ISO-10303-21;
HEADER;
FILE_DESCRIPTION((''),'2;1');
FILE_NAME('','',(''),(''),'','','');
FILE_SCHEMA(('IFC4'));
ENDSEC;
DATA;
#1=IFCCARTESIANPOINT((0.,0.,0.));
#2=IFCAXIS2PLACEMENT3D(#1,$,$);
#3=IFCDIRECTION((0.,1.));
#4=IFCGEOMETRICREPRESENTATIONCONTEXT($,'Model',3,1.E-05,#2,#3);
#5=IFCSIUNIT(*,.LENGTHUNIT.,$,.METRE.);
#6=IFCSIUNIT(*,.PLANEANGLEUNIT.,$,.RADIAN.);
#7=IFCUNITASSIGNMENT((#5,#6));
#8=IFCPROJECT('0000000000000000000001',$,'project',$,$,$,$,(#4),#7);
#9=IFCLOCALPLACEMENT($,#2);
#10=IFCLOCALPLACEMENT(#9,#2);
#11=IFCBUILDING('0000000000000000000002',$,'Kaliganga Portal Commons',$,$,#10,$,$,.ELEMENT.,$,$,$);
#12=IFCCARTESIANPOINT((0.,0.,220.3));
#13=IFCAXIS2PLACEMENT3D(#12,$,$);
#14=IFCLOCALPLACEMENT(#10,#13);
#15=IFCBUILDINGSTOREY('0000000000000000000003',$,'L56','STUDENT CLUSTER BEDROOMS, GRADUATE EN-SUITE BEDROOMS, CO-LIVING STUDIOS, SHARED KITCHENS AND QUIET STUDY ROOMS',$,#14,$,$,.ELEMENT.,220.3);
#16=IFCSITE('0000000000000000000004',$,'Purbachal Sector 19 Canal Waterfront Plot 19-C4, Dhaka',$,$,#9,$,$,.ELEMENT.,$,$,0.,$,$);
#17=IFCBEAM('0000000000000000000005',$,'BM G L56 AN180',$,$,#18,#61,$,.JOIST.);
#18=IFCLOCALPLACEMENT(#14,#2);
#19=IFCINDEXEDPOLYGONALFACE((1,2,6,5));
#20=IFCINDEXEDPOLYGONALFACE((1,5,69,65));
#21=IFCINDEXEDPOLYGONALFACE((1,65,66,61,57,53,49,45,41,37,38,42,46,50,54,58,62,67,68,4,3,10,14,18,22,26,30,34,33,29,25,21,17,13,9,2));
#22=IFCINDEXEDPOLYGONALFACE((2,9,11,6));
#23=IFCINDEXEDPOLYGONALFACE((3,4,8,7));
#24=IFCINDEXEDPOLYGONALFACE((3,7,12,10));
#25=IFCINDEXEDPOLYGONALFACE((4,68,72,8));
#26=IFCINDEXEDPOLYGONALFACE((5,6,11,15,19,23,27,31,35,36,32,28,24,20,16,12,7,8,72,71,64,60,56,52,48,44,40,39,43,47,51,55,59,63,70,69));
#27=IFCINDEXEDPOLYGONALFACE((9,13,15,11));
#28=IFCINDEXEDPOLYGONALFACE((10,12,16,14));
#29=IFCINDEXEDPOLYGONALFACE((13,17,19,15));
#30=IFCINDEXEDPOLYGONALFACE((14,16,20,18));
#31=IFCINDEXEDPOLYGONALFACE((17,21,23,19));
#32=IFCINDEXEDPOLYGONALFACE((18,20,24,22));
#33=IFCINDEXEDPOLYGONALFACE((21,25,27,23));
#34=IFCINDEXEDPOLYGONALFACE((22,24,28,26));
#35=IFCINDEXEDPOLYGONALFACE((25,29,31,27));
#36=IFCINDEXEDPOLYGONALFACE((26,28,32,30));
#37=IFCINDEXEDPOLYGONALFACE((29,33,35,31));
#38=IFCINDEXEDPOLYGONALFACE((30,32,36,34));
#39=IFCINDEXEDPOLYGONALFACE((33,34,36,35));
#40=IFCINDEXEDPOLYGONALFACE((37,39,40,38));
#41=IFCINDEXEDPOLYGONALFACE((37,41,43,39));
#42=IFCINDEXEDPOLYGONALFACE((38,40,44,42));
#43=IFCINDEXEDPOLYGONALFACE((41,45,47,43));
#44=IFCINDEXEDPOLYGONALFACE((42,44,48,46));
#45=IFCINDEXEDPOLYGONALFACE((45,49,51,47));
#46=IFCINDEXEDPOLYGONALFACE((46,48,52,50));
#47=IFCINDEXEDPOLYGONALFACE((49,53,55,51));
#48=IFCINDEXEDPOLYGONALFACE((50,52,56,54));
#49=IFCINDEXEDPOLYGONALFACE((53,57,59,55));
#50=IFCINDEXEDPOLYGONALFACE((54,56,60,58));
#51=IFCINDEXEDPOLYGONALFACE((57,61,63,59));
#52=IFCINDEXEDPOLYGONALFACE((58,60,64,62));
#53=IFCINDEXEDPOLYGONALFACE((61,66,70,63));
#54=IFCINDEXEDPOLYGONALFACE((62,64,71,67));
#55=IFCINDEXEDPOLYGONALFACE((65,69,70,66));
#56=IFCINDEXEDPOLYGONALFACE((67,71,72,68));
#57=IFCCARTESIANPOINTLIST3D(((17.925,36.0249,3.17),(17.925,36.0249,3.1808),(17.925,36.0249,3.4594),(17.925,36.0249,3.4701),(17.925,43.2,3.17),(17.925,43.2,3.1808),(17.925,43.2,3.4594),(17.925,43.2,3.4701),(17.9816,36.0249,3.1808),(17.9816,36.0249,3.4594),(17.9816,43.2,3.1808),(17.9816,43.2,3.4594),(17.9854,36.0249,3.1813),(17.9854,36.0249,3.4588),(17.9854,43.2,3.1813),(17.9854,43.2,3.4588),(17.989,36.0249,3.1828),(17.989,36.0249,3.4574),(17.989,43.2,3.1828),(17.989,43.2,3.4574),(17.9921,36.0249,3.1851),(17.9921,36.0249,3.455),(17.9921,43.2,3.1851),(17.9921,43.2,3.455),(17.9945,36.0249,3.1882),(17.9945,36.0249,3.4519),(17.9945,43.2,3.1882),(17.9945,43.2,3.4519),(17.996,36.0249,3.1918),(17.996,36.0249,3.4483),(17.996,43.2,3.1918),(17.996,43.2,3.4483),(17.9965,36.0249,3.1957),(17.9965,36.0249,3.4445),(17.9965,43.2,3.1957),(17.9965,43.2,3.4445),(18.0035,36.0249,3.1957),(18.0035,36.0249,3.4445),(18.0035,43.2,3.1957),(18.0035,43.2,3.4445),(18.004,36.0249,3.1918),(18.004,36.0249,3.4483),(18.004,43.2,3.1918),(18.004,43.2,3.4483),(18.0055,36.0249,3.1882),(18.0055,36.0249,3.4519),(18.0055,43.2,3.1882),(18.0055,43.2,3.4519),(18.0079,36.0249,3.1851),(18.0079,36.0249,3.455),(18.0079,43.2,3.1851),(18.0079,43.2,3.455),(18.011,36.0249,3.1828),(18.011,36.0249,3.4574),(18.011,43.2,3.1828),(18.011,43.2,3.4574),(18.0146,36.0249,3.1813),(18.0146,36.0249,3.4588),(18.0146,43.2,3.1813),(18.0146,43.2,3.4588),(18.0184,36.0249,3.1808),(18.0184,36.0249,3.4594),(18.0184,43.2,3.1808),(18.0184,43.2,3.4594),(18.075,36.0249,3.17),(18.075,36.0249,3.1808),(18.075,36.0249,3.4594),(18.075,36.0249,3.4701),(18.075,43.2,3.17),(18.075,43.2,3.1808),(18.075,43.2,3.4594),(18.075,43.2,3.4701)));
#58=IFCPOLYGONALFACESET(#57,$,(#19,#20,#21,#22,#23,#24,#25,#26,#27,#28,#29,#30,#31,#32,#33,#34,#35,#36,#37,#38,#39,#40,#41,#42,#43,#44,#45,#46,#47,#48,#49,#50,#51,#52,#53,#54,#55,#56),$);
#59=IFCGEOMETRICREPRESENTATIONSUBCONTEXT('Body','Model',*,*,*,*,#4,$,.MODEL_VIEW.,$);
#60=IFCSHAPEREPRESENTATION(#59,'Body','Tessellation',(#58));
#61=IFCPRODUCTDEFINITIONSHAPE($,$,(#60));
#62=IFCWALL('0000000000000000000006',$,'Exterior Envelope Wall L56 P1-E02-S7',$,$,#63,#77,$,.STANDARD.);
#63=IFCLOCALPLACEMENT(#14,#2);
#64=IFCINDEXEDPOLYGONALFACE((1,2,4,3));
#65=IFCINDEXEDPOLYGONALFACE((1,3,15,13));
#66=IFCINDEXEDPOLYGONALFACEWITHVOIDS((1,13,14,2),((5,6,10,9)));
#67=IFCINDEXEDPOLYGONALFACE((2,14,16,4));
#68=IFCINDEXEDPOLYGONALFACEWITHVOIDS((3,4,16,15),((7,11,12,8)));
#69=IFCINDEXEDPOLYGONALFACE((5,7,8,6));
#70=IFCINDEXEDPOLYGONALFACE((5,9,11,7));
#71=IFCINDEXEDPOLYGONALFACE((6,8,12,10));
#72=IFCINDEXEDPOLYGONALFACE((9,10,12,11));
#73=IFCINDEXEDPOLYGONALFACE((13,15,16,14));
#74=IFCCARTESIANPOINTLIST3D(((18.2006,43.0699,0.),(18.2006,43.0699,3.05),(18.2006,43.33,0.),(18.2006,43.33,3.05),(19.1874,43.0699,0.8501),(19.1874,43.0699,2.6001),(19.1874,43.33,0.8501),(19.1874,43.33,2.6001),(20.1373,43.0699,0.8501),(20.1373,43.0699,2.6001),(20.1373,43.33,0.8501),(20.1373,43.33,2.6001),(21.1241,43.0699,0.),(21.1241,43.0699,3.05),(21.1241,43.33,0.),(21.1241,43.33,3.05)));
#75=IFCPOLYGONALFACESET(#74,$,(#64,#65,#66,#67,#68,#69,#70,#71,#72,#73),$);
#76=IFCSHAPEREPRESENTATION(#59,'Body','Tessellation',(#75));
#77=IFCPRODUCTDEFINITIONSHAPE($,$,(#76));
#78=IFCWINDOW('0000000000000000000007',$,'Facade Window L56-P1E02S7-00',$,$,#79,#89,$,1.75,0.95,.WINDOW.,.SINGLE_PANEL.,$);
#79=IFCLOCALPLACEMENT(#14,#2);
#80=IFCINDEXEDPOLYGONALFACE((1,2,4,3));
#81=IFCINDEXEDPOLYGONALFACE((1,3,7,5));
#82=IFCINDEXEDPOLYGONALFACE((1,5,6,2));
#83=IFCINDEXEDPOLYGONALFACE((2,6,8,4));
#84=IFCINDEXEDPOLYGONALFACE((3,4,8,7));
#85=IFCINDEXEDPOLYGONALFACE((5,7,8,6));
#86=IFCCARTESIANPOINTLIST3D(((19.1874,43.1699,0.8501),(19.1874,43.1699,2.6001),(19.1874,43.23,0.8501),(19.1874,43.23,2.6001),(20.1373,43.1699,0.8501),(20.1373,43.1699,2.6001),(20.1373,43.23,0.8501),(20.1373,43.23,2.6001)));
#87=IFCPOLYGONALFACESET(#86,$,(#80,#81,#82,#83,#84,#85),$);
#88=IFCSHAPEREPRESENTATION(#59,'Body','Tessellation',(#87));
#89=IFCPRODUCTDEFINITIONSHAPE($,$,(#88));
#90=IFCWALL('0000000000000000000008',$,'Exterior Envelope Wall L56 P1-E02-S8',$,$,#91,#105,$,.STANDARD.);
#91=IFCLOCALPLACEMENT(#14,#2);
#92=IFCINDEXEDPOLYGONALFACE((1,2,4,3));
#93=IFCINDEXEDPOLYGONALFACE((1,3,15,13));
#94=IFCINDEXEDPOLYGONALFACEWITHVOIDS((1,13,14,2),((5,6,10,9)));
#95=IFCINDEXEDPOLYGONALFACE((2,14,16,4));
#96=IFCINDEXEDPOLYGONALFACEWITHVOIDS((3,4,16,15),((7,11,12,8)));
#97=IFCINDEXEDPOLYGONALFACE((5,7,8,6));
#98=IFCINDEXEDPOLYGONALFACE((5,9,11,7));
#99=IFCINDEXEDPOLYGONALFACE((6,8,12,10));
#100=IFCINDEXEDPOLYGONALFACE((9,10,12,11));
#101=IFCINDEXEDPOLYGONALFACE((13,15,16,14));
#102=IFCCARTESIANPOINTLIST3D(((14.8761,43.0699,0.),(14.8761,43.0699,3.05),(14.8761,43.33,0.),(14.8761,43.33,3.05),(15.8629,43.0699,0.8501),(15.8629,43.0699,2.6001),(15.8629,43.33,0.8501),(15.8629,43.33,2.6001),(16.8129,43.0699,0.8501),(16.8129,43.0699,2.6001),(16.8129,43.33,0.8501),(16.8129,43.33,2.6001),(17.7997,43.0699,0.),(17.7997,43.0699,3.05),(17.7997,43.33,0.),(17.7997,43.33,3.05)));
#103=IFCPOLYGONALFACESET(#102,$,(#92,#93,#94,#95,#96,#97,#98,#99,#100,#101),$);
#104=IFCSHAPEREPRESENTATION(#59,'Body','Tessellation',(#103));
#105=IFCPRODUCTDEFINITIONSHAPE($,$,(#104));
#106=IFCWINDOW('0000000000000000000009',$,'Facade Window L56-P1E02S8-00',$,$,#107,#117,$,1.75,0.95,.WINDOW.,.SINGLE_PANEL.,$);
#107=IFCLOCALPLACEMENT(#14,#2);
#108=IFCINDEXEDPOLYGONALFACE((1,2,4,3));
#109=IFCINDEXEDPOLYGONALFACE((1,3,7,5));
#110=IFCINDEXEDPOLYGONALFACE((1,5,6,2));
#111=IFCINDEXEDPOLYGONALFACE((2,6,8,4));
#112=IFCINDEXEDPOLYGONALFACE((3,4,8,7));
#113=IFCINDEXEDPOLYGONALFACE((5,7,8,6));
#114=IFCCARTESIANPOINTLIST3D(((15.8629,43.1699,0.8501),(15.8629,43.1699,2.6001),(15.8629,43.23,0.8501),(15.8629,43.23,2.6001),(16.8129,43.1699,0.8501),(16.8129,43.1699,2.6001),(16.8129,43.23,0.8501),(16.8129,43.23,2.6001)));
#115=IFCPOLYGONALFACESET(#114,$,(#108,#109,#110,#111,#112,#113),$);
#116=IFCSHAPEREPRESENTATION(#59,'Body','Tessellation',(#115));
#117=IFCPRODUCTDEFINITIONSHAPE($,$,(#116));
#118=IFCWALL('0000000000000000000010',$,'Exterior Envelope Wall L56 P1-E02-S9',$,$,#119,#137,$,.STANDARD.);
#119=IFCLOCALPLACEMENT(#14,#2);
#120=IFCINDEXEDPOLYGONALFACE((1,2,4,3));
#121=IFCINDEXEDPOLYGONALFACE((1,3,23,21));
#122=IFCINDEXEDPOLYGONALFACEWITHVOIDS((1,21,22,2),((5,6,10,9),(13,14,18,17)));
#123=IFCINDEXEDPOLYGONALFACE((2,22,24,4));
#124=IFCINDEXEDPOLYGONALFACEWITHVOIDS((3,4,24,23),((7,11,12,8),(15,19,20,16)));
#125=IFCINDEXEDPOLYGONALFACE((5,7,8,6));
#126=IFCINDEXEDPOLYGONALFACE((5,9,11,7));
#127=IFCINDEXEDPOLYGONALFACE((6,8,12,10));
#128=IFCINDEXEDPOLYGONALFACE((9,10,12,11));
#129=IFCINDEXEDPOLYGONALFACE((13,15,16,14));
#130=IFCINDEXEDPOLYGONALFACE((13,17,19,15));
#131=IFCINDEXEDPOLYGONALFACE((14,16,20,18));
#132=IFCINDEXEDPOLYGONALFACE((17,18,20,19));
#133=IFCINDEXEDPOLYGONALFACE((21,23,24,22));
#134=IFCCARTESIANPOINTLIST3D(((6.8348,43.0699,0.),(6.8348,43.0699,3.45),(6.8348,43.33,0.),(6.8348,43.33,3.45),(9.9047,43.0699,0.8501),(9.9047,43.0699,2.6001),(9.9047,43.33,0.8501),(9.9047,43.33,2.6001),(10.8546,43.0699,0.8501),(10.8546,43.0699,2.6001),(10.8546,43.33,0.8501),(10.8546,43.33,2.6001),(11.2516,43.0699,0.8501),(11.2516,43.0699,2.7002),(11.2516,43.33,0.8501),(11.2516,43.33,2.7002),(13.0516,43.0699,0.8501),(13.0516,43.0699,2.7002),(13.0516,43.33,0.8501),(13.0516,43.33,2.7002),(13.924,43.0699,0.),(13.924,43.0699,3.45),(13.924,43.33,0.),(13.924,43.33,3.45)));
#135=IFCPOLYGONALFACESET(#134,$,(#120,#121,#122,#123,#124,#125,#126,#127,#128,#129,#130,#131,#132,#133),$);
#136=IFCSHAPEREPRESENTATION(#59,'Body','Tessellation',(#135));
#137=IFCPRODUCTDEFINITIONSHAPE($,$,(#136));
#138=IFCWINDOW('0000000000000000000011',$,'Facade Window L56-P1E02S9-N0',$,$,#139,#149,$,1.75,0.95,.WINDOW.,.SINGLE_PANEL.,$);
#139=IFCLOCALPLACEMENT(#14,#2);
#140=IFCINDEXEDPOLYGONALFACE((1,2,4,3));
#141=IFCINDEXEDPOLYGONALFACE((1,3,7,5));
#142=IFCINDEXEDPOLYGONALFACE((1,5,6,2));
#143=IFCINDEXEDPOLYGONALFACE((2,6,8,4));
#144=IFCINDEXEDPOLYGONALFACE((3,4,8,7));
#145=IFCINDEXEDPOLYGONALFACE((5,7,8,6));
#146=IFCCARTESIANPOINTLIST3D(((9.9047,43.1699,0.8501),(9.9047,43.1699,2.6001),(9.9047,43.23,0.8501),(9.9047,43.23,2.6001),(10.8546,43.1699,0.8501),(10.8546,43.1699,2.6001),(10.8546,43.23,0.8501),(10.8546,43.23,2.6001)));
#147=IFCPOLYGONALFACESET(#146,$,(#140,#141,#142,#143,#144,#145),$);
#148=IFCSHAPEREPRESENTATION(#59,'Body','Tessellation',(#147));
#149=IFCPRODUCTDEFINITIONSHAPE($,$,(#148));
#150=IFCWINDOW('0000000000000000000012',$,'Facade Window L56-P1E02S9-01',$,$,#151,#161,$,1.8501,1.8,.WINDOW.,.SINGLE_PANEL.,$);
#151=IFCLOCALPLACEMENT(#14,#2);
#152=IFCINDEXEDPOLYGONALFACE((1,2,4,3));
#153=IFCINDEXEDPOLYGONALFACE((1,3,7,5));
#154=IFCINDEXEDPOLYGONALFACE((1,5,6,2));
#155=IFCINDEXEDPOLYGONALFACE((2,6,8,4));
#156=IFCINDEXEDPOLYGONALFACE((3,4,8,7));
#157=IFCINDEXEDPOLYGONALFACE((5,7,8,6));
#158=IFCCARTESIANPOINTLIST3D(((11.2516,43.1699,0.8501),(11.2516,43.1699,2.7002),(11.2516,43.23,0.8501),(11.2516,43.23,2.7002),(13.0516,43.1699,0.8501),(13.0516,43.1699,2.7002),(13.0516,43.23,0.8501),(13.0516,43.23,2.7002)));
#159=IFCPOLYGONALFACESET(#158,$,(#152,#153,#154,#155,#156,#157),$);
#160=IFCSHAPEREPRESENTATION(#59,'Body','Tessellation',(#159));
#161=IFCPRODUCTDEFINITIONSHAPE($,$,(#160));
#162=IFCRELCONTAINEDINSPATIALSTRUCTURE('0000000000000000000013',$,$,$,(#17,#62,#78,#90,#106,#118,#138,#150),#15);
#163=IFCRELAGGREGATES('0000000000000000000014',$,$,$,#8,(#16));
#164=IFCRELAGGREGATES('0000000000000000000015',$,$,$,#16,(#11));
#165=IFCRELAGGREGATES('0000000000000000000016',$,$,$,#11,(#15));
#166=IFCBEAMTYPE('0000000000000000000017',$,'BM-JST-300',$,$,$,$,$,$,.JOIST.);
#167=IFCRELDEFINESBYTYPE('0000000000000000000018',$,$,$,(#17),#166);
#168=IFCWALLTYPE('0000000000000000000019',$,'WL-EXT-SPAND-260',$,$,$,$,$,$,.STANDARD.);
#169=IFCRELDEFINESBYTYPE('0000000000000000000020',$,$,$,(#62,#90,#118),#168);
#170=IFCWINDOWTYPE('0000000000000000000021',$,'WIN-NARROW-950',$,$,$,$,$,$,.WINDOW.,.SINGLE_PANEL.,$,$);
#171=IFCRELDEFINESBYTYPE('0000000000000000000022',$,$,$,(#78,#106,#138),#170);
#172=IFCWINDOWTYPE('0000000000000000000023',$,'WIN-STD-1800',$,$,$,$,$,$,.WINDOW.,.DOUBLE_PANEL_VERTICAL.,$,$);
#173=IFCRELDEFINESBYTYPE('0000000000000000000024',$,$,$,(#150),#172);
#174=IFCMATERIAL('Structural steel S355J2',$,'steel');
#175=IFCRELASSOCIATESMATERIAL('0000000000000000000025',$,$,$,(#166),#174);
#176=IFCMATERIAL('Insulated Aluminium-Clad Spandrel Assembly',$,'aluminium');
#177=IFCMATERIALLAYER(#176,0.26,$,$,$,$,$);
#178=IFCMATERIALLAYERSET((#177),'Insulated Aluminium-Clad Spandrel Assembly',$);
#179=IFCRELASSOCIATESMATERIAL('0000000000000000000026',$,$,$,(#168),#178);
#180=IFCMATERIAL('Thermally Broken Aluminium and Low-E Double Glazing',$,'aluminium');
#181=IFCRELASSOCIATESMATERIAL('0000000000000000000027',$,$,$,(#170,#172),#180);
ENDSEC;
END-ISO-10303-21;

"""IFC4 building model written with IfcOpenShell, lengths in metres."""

from ifc_helpers import new_model, si_unit, direction, frame, frame_2d, origin, origin_2d, place, context, subcontext, project, spatial, rectangle, i_section, extrude, source, transform, mapped, material, layer, layer_set, material_profile, profile_set, type_object, element, fill, save


model = new_model("IFC4")

# Units and contexts
model_context = context("Model", 3, precision=1e-05, world=origin(), true_north=direction((0.0, 1.0)))
body_context = subcontext(model_context, "Body", "Model", "MODEL_VIEW")
ifc_project = project(units=[si_unit("LENGTHUNIT", "METRE"), si_unit("PLANEANGLEUNIT", "RADIAN")], contexts=[model_context])

# Site, building, storey
site_placement = place(None, origin())
site = spatial("IfcSite", under=ifc_project, at=site_placement, Name="Purbachal Sector 19 Canal Waterfront Plot 19-C4, Dhaka", CompositionType="ELEMENT", RefElevation=0.0)
building_placement = place(site_placement, origin())
building = spatial("IfcBuilding", under=site, at=building_placement, Name="Kaliganga Portal Commons", CompositionType="ELEMENT")
storey_placement = place(building_placement, frame((0.0, 0.0, 220.3)))
storey = spatial("IfcBuildingStorey", under=building, at=storey_placement, Name="L56", Description="STUDENT CLUSTER BEDROOMS, GRADUATE EN-SUITE BEDROOMS, CO-LIVING STUDIOS, SHARED KITCHENS AND QUIET STUDY ROOMS", CompositionType="ELEMENT", Elevation=220.3)

# Shared definitions
ifc_material_1 = material(Name="Structural steel S355J2", Category="steel")

# Beam
ifc_material_profile_1 = material_profile(ifc_material_1, i_section(OverallWidth=0.1499, OverallDepth=0.3, WebThickness=0.0071, FlangeThickness=0.0107, FilletRadius=0.0149, at=origin_2d()), Name="IPE 300")
ifc_profile_set_1 = profile_set([ifc_material_profile_1], Name="Structural steel S355J2 wide-flange")
beam_type_1 = type_object("IfcBeamType", Name="BM-JST-300", PredefinedType="JOIST", material=ifc_profile_set_1)
shared_shape_1 = source(origin(), body_context, "Body", "SweptSolid", [
    extrude(i_section(OverallWidth=0.1499, OverallDepth=0.3, WebThickness=0.0071, FlangeThickness=0.0107, FilletRadius=0.0149, at=origin_2d()), origin(), (0.0, 0.0, 1.0), 7.175),
])
beam_1_placement = place(storey_placement, frame((18.0, 36.0249, 3.3201), z_axis=(0.0, 1.0, 0.0), x_axis=(-1.0, 0.0, 0.0)))
element("IfcBeam", 1, at=beam_1_placement, inside=storey, type_object=beam_type_1, Name="BM G L56 AN180", PredefinedType="JOIST", context=body_context, shape_type="MappedRepresentation", body=[
    mapped(shared_shape_1, transform((0.0, 0.0, 0.0), x_axis=(1.0, 0.0, 0.0), y_axis=(0.0, 1.0, 0.0), z_axis=(0.0, 0.0, 1.0), scale=1.0)),
])

# Walls, openings, windows
ifc_material_2 = material(Name="Insulated Aluminium-Clad Spandrel Assembly", Category="aluminium")
ifc_layer_1 = layer(ifc_material_2, 0.26)
ifc_layer_set_1 = layer_set([ifc_layer_1], Name="Insulated Aluminium-Clad Spandrel Assembly")
wall_type_1 = type_object("IfcWallType", Name="WL-EXT-SPAND-260", PredefinedType="STANDARD", material=ifc_layer_set_1)
wall_1_placement = place(storey_placement, frame((18.2004, 43.2, 0.0), z_axis=(0.0, 0.0, 1.0), x_axis=(1.0, 0.0, 0.0)))
wall_1 = element("IfcWall", 2, at=wall_1_placement, inside=storey, type_object=wall_type_1, Name="Exterior Envelope Wall L56 P1-E02-S7", PredefinedType="STANDARD", context=body_context, shape_type="SweptSolid", body=[
    extrude(rectangle(XDim=2.9236, YDim=0.26, at=frame_2d((1.4619, 0.0))), origin(), (0.0, 0.0, 1.0), 3.05),
])
opening_1_placement = place(wall_1_placement, frame((0.9868, 0.0, 0.8501)))
opening_1 = element("IfcOpeningElement", 3, at=opening_1_placement, cuts=wall_1, PredefinedType="OPENING", context=body_context, shape_type="SweptSolid", body=[
    extrude(rectangle(XDim=0.95, YDim=1.75, at=frame_2d((0.4751, 0.875))), frame((0.0, 0.1401, 0.0), z_axis=(0.0, -1.0, 0.0), x_axis=(1.0, 0.0, 0.0)), (0.0, 0.0, 1.0), 0.28),
])
ifc_material_3 = material(Name="Thermally Broken Aluminium and Low-E Double Glazing", Category="aluminium")
window_type_1 = type_object("IfcWindowType", Name="WIN-NARROW-950", PartitioningType="SINGLE_PANEL", PredefinedType="WINDOW", material=ifc_material_3)
window_1_placement = place(opening_1_placement, origin())
window_1 = element("IfcWindow", 4, at=window_1_placement, inside=storey, type_object=window_type_1, Name="Facade Window L56-P1E02S7-00", OverallHeight=1.75, OverallWidth=0.95, PartitioningType="SINGLE_PANEL", PredefinedType="WINDOW", context=body_context, shape_type="SweptSolid", body=[
    extrude(rectangle(XDim=0.95, YDim=1.75, at=frame_2d((0.4751, 0.875))), frame((0.0, 0.03, 0.0), z_axis=(0.0, -1.0, 0.0), x_axis=(1.0, 0.0, 0.0)), (0.0, 0.0, 1.0), 0.0601),
])
fill(opening_1, window_1)
wall_2_placement = place(storey_placement, frame((14.876, 43.2, 0.0), z_axis=(0.0, 0.0, 1.0), x_axis=(1.0, 0.0, 0.0)))
wall_2 = element("IfcWall", 5, at=wall_2_placement, inside=storey, type_object=wall_type_1, Name="Exterior Envelope Wall L56 P1-E02-S8", PredefinedType="STANDARD", context=body_context, shape_type="SweptSolid", body=[
    extrude(rectangle(XDim=2.9236, YDim=0.26, at=frame_2d((1.4619, 0.0))), origin(), (0.0, 0.0, 1.0), 3.05),
])
opening_2_placement = place(wall_2_placement, frame((0.9868, 0.0, 0.8501)))
opening_2 = element("IfcOpeningElement", 6, at=opening_2_placement, cuts=wall_2, PredefinedType="OPENING", context=body_context, shape_type="SweptSolid", body=[
    extrude(rectangle(XDim=0.95, YDim=1.75, at=frame_2d((0.4751, 0.875))), frame((0.0, 0.1401, 0.0), z_axis=(0.0, -1.0, 0.0), x_axis=(1.0, 0.0, 0.0)), (0.0, 0.0, 1.0), 0.28),
])
window_2_placement = place(opening_2_placement, origin())
window_2 = element("IfcWindow", 7, at=window_2_placement, inside=storey, type_object=window_type_1, Name="Facade Window L56-P1E02S8-00", OverallHeight=1.75, OverallWidth=0.95, PartitioningType="SINGLE_PANEL", PredefinedType="WINDOW", context=body_context, shape_type="SweptSolid", body=[
    extrude(rectangle(XDim=0.95, YDim=1.75, at=frame_2d((0.4751, 0.875))), frame((0.0, 0.03, 0.0), z_axis=(0.0, -1.0, 0.0), x_axis=(1.0, 0.0, 0.0)), (0.0, 0.0, 1.0), 0.0601),
])
fill(opening_2, window_2)

# Wall, openings, windows
wall_3_placement = place(storey_placement, frame((6.835, 43.2, 0.0), z_axis=(0.0, 0.0, 1.0), x_axis=(1.0, 0.0, 0.0)))
wall_3 = element("IfcWall", 8, at=wall_3_placement, inside=storey, type_object=wall_type_1, Name="Exterior Envelope Wall L56 P1-E02-S9", PredefinedType="STANDARD", context=body_context, shape_type="SweptSolid", body=[
    extrude(rectangle(XDim=7.0891, YDim=0.26, at=frame_2d((3.5444, 0.0))), origin(), (0.0, 0.0, 1.0), 3.45),
])
opening_3_placement = place(wall_3_placement, frame((4.4167, 0.0, 0.8501)))
opening_3 = element("IfcOpeningElement", 9, at=opening_3_placement, cuts=wall_3, PredefinedType="OPENING", context=body_context, shape_type="SweptSolid", body=[
    extrude(rectangle(XDim=1.8, YDim=1.8501, at=frame_2d((0.8999, 0.925))), frame((0.0, 0.1401, 0.0), z_axis=(0.0, -1.0, 0.0), x_axis=(1.0, 0.0, 0.0)), (0.0, 0.0, 1.0), 0.28),
])
opening_4_placement = place(wall_3_placement, frame((3.0696, 0.0, 0.8501)))
opening_4 = element("IfcOpeningElement", 10, at=opening_4_placement, cuts=wall_3, PredefinedType="OPENING", context=body_context, shape_type="SweptSolid", body=[
    extrude(rectangle(XDim=0.95, YDim=1.75, at=frame_2d((0.4751, 0.875))), frame((0.0, 0.1401, 0.0), z_axis=(0.0, -1.0, 0.0), x_axis=(1.0, 0.0, 0.0)), (0.0, 0.0, 1.0), 0.28),
])
window_3_placement = place(opening_4_placement, origin())
window_3 = element("IfcWindow", 11, at=window_3_placement, inside=storey, type_object=window_type_1, Name="Facade Window L56-P1E02S9-N0", OverallHeight=1.75, OverallWidth=0.95, PartitioningType="SINGLE_PANEL", PredefinedType="WINDOW", context=body_context, shape_type="SweptSolid", body=[
    extrude(rectangle(XDim=0.95, YDim=1.75, at=frame_2d((0.4751, 0.875))), frame((0.0, 0.03, 0.0), z_axis=(0.0, -1.0, 0.0), x_axis=(1.0, 0.0, 0.0)), (0.0, 0.0, 1.0), 0.0601),
])
fill(opening_4, window_3)
window_type_2 = type_object("IfcWindowType", Name="WIN-STD-1800", PartitioningType="DOUBLE_PANEL_VERTICAL", PredefinedType="WINDOW", material=ifc_material_3)
window_4_placement = place(opening_3_placement, origin())
window_4 = element("IfcWindow", 12, at=window_4_placement, inside=storey, type_object=window_type_2, Name="Facade Window L56-P1E02S9-01", OverallHeight=1.8501, OverallWidth=1.8, PartitioningType="SINGLE_PANEL", PredefinedType="WINDOW", context=body_context, shape_type="SweptSolid", body=[
    extrude(rectangle(XDim=1.8, YDim=1.8501, at=frame_2d((0.8999, 0.925))), frame((0.0, 0.03, 0.0), z_axis=(0.0, -1.0, 0.0), x_axis=(1.0, 0.0, 0.0)), (0.0, 0.0, 1.0), 0.0601),
])
fill(opening_3, window_4)

save(model, "model.ifc")
